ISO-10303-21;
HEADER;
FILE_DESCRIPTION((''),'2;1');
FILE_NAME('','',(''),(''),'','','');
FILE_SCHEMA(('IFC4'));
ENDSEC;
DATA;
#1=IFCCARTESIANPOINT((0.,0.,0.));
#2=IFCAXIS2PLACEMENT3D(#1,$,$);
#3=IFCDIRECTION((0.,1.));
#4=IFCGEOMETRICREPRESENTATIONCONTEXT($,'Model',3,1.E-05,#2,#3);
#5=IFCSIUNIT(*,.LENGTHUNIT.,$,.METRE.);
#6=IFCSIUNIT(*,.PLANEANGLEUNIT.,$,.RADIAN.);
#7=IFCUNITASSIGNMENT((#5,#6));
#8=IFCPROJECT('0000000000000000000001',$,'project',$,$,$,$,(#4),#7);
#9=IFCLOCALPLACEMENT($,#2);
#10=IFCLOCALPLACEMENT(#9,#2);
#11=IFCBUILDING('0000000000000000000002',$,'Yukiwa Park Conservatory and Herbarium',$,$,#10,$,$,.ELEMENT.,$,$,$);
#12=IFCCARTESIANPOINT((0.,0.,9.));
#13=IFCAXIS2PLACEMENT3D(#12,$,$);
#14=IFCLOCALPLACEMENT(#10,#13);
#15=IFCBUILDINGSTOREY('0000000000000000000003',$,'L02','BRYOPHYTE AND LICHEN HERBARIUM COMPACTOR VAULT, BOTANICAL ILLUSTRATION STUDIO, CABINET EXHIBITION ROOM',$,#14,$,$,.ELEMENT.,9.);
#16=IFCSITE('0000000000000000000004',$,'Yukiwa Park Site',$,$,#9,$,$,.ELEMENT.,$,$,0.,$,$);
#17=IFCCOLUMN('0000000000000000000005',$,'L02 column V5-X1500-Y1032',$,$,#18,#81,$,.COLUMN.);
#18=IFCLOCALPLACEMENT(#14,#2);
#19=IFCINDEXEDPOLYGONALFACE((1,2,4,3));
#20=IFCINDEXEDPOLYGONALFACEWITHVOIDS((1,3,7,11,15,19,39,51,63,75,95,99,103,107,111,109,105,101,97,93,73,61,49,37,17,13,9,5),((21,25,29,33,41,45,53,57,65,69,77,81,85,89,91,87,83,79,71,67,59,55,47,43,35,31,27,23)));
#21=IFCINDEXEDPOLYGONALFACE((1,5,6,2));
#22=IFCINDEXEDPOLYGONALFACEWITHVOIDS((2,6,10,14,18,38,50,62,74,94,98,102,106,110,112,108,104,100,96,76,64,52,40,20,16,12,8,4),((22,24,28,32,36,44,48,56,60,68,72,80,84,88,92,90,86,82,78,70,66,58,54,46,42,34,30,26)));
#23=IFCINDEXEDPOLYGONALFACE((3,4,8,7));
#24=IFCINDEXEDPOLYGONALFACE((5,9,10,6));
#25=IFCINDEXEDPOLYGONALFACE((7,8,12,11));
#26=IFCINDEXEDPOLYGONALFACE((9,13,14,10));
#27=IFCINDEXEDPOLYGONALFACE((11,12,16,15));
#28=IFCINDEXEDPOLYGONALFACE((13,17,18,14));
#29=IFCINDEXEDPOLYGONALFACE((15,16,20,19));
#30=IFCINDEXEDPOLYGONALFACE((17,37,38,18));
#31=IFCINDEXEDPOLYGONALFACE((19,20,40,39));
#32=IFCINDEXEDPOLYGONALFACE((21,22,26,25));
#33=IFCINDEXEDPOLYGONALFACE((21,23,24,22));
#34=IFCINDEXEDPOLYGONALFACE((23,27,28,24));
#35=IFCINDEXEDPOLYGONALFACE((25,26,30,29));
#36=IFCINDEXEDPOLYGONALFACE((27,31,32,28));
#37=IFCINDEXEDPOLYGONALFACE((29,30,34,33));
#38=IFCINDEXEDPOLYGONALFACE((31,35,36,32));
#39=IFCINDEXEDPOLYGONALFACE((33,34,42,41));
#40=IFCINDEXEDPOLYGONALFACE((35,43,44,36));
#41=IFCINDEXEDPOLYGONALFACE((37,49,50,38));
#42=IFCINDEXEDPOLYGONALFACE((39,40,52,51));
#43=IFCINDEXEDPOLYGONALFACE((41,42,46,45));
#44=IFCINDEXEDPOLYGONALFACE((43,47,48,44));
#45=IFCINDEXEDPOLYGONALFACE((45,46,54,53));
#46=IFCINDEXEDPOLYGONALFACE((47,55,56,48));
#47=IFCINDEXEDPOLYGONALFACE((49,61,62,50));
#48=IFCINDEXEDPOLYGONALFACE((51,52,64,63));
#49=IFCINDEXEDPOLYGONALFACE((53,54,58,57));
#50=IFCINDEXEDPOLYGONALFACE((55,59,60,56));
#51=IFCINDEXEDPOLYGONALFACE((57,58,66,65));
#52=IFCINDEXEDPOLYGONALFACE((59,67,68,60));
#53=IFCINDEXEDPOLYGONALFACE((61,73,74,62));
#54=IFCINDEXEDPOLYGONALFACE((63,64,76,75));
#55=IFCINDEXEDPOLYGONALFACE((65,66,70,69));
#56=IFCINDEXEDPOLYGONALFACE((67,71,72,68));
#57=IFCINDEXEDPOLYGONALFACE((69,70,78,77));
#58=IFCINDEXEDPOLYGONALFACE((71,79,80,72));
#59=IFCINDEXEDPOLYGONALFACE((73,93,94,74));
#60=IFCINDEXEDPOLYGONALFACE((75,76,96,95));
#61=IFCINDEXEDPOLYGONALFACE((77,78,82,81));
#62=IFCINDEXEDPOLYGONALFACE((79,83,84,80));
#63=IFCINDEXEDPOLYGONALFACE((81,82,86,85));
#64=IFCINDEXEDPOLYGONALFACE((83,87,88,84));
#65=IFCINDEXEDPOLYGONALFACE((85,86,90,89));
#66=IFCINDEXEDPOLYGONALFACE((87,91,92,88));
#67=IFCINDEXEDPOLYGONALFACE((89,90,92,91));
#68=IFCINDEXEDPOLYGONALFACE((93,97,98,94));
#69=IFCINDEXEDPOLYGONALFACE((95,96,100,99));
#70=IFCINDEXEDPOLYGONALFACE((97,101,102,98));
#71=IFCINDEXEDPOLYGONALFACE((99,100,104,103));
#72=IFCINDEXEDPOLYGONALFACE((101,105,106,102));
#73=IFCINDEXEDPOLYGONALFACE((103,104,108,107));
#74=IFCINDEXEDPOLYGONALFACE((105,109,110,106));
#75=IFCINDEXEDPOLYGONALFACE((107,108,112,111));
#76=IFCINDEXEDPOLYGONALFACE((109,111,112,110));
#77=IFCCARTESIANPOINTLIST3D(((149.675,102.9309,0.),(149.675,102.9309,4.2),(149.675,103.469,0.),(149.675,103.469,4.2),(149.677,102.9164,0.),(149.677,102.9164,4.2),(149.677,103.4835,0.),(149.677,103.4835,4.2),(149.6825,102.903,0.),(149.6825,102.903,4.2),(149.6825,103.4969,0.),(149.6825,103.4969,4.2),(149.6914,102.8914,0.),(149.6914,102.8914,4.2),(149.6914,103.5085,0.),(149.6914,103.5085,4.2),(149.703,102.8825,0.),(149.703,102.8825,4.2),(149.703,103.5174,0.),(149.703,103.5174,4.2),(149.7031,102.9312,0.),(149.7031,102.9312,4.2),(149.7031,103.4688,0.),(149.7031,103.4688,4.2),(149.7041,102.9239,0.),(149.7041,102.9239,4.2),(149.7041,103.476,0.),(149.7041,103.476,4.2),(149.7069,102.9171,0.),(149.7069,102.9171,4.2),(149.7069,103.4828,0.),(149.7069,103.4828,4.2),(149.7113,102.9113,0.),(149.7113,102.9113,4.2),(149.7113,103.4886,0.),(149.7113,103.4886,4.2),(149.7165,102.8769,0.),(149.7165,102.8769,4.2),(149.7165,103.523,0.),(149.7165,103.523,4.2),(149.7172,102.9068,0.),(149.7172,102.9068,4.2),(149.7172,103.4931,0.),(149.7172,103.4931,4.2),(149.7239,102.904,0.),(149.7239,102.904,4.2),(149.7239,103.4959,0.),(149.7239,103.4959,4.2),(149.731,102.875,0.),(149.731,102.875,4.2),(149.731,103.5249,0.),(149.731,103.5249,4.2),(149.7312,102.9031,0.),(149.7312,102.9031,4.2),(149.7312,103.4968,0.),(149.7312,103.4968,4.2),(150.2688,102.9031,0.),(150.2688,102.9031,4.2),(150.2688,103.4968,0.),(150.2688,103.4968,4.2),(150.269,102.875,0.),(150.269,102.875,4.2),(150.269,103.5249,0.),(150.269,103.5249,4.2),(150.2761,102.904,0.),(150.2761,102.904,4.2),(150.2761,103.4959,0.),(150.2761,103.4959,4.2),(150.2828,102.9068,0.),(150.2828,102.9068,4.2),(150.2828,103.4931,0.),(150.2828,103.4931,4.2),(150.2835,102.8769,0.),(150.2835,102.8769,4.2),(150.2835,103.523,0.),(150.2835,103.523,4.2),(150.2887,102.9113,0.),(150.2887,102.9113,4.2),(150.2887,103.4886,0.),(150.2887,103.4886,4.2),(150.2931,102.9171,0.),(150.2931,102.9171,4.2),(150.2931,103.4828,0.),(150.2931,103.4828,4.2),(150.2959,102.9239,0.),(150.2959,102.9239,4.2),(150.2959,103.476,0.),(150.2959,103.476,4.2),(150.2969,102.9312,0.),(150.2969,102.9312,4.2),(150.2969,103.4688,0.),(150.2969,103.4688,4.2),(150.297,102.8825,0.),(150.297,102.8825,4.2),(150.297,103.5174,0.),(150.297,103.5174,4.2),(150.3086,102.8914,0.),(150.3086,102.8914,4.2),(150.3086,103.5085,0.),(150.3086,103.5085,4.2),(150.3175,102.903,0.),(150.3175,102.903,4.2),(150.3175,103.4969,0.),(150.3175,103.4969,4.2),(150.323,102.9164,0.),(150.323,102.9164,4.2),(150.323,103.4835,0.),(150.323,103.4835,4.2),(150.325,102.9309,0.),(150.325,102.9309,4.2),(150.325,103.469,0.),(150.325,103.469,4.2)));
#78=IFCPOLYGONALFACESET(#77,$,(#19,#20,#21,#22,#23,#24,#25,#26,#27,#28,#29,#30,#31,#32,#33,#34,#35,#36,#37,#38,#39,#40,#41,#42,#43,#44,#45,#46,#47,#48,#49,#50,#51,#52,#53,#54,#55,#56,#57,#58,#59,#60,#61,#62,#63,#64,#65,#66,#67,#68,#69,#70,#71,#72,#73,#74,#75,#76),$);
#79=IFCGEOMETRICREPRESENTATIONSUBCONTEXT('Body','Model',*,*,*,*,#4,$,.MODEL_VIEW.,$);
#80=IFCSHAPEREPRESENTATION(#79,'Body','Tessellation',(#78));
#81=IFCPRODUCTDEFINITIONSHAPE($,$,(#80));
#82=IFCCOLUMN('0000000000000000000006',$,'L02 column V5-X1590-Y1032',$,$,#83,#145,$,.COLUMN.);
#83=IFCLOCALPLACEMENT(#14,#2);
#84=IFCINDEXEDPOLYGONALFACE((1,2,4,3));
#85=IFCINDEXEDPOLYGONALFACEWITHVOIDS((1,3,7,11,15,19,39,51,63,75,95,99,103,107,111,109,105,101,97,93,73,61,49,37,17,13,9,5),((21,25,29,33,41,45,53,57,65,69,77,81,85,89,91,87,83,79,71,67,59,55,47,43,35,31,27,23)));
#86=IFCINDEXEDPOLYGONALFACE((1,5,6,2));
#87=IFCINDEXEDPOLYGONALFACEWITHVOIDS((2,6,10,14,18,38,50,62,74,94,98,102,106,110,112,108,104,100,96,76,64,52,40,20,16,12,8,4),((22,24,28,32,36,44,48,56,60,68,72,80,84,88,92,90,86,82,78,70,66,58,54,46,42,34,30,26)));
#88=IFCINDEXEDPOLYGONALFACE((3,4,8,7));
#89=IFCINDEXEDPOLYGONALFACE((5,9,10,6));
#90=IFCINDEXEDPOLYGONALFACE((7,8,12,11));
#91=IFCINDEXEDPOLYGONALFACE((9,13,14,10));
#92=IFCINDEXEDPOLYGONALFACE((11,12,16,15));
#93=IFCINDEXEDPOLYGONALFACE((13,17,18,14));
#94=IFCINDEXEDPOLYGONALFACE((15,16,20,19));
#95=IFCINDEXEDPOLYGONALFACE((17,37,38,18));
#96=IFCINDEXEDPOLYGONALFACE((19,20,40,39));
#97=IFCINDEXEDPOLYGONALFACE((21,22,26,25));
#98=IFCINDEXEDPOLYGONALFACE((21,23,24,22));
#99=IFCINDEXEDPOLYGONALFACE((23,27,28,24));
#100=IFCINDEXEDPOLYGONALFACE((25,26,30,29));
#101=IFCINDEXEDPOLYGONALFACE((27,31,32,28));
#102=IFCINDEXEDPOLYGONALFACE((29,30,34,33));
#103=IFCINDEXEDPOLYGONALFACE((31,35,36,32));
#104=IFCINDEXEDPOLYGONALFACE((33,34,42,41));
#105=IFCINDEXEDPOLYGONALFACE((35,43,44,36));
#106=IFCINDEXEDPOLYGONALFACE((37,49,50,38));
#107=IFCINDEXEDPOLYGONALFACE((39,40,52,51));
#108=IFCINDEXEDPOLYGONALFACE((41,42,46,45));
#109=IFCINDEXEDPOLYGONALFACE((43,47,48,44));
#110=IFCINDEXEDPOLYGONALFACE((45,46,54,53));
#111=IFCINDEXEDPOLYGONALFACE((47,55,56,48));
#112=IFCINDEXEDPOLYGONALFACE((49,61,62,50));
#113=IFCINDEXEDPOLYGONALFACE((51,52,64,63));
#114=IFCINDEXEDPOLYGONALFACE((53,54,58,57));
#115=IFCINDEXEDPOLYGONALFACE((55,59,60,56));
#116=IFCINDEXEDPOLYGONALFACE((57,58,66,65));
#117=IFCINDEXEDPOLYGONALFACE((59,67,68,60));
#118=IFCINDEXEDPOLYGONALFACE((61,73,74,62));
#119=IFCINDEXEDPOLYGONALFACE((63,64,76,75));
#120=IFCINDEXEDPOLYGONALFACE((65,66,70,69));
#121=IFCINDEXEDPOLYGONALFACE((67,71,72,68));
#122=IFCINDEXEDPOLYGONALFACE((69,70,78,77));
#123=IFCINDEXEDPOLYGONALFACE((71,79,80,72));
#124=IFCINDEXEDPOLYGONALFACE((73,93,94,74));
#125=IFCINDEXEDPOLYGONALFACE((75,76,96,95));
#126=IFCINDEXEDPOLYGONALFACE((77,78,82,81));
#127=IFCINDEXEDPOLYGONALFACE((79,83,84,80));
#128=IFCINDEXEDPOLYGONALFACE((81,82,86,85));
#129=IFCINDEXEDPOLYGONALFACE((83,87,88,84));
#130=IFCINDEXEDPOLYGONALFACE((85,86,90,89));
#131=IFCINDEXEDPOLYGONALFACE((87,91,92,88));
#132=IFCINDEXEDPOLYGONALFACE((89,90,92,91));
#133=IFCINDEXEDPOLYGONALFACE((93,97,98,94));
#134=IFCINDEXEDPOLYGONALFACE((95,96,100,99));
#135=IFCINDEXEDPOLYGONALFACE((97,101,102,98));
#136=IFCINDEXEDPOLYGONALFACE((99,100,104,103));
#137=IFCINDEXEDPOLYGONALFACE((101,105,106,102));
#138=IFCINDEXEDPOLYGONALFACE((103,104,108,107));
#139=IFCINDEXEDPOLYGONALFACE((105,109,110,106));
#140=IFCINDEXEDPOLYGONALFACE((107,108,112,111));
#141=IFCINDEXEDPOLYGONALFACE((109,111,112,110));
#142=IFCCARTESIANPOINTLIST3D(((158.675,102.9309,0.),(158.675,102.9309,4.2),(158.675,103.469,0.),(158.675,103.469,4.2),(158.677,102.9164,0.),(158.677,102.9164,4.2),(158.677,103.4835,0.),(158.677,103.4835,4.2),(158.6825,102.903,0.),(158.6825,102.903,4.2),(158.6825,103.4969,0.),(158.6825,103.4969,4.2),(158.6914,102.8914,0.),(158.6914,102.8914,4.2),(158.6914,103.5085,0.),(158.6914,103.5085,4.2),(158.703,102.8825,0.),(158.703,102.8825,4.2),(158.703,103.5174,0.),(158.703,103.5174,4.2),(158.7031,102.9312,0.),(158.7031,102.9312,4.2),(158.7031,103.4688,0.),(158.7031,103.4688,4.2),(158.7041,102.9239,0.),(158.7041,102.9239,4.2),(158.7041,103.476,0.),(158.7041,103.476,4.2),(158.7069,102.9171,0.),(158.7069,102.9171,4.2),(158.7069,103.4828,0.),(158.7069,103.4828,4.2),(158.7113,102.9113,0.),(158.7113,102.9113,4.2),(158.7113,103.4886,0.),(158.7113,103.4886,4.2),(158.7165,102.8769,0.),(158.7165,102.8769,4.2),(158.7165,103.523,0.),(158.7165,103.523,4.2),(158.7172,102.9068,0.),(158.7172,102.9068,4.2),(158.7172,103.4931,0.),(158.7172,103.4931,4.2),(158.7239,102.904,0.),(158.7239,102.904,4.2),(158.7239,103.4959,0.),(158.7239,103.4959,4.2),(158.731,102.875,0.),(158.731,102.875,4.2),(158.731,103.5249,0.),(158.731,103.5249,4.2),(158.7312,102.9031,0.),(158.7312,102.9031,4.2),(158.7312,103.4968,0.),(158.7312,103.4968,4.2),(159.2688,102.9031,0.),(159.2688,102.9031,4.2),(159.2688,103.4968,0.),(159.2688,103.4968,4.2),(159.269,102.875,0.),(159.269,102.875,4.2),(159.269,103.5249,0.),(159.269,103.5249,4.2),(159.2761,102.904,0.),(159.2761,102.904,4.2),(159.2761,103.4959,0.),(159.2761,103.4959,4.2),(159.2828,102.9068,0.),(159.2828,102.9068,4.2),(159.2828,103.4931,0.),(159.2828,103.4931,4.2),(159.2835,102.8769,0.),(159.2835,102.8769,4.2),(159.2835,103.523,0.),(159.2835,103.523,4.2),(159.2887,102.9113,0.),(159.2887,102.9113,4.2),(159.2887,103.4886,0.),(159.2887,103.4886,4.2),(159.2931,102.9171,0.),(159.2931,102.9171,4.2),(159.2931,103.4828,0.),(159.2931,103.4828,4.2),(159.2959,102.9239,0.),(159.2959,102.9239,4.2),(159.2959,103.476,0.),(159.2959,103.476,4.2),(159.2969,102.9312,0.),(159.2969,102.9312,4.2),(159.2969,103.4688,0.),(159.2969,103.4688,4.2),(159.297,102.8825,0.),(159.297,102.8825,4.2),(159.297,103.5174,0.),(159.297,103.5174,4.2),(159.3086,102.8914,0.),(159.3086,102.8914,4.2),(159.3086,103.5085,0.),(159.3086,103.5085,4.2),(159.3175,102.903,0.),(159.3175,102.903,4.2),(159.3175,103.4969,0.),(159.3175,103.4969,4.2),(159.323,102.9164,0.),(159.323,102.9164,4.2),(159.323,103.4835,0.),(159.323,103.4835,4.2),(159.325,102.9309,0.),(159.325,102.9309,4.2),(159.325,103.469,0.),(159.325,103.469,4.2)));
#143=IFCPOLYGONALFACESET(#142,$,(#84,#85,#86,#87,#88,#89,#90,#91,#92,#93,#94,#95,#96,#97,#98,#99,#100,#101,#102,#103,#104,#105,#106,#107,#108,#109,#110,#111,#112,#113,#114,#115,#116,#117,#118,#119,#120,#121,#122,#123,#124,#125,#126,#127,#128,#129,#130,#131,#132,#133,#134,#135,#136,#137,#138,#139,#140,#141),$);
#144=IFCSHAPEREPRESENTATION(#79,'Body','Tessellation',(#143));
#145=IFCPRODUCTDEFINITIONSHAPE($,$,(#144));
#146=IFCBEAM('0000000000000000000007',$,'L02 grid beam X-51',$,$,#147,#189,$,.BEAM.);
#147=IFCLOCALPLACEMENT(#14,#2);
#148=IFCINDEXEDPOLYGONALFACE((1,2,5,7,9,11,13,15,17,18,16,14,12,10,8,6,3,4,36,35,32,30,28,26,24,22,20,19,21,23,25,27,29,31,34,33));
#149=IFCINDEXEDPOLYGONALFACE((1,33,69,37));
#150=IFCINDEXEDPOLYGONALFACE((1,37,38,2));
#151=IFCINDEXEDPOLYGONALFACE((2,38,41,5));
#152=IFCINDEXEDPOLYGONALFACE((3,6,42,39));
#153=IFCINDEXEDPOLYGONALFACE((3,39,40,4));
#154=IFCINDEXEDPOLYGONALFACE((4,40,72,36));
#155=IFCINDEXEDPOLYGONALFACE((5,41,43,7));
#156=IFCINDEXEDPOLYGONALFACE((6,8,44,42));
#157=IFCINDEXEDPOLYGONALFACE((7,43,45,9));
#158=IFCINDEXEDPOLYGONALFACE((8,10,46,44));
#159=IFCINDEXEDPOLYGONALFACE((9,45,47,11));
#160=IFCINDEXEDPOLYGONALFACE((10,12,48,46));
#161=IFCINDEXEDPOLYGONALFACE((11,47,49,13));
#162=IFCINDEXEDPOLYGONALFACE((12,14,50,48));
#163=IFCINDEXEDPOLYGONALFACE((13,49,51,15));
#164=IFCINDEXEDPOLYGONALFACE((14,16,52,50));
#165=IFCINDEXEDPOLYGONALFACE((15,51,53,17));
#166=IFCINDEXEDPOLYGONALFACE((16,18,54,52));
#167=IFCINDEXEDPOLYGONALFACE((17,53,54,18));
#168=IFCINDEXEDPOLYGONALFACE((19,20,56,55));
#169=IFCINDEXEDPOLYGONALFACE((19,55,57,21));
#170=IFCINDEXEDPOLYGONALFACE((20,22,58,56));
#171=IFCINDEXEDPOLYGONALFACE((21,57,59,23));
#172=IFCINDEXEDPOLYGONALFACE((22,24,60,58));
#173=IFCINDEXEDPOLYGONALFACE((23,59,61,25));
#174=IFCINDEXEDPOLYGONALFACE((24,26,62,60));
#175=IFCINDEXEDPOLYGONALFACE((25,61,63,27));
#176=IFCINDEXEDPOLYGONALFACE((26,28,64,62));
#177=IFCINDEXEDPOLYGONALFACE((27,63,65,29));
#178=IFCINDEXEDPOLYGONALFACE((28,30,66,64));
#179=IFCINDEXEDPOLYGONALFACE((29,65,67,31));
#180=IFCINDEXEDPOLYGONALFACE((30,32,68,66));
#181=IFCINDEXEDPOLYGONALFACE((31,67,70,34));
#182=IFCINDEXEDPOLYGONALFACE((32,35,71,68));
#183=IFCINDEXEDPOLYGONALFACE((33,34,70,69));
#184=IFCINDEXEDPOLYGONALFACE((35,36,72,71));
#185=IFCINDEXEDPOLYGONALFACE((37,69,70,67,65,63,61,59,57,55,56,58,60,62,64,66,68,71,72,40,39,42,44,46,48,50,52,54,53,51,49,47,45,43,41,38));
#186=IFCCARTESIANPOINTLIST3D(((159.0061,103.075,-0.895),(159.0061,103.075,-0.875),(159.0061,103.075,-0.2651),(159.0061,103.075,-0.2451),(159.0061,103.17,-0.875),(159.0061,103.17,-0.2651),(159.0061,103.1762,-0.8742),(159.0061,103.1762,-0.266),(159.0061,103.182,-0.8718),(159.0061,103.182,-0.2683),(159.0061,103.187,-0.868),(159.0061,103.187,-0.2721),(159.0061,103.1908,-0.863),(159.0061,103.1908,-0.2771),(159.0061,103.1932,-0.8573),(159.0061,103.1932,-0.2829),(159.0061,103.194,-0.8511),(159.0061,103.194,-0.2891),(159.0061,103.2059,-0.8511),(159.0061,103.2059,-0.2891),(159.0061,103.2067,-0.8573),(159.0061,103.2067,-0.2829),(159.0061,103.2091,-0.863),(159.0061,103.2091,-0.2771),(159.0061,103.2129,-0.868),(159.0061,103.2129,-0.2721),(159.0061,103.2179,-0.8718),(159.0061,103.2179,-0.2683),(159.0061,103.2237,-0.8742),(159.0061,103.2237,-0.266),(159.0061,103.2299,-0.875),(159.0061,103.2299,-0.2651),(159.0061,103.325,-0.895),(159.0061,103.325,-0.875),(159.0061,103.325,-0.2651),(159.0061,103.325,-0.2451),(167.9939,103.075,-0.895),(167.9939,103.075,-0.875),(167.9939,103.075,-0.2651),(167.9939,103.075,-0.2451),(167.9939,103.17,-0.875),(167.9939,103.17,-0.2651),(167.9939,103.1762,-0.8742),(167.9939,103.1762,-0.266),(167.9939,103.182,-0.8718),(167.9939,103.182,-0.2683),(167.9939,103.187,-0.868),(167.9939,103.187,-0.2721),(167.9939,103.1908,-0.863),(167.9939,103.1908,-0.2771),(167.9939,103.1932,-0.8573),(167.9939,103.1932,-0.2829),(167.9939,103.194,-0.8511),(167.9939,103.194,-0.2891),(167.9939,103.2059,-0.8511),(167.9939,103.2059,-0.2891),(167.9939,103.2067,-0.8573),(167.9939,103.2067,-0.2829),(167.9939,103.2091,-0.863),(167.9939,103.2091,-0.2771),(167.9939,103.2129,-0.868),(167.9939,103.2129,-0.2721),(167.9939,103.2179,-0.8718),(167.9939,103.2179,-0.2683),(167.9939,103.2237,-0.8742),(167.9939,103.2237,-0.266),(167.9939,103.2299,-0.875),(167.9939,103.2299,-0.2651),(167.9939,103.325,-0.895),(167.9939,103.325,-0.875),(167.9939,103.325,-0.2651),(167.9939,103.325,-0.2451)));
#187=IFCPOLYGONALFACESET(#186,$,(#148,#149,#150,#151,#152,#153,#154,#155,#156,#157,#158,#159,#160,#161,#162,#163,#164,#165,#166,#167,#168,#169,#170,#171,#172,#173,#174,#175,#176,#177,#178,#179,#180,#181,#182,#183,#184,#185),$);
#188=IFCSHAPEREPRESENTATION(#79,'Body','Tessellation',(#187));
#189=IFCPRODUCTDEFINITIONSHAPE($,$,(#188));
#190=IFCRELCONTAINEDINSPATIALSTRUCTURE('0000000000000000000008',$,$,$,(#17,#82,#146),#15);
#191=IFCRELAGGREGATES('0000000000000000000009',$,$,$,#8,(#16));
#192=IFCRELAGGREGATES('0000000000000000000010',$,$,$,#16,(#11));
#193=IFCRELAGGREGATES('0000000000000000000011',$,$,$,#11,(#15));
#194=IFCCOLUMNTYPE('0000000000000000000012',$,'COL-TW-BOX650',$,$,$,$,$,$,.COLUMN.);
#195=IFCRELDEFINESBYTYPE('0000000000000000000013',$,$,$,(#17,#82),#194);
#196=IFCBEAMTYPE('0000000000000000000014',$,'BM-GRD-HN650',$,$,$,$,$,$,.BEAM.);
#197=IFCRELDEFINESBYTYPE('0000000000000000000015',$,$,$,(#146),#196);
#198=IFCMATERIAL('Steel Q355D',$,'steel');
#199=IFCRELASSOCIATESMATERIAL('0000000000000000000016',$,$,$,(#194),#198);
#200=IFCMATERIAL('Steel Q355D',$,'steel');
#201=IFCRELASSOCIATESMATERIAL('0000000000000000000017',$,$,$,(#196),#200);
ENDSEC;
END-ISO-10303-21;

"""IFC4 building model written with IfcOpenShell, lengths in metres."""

from ifc_helpers import new_model, si_unit, direction, frame, origin, origin_2d, place, context, subcontext, project, spatial, hollow_rectangle, i_section, extrude, material, material_profile, profile_set, type_object, element, save


model = new_model("IFC4")

# Units and contexts
model_context = context("Model", 3, precision=1e-05, world=origin(), true_north=direction((0.0, 1.0)))
body_context = subcontext(model_context, "Body", "Model", "MODEL_VIEW")
ifc_project = project(units=[si_unit("LENGTHUNIT", "METRE"), si_unit("PLANEANGLEUNIT", "RADIAN")], contexts=[model_context])

# Site, building, storey
site_placement = place(None, origin())
site = spatial("IfcSite", under=ifc_project, at=site_placement, Name="Yukiwa Park Site", CompositionType="ELEMENT", RefElevation=0.0)
building_placement = place(site_placement, origin())
building = spatial("IfcBuilding", under=site, at=building_placement, Name="Yukiwa Park Conservatory and Herbarium", CompositionType="ELEMENT")
storey_placement = place(building_placement, frame((0.0, 0.0, 9.0)))
storey = spatial("IfcBuildingStorey", under=building, at=storey_placement, Name="L02", Description="BRYOPHYTE AND LICHEN HERBARIUM COMPACTOR VAULT, BOTANICAL ILLUSTRATION STUDIO, CABINET EXHIBITION ROOM", CompositionType="ELEMENT", Elevation=9.0)

# Columns
ifc_material_1 = material(Name="Steel Q355D", Category="steel")
ifc_material_profile_1 = material_profile(ifc_material_1, hollow_rectangle(XDim=0.6499, YDim=0.6499, WallThickness=0.0281, InnerFilletRadius=0.0281, OuterFilletRadius=0.0559, at=origin_2d()), Name="BOX 650x650x28")
ifc_profile_set_1 = profile_set([ifc_material_profile_1], Name="Steel Q355D")
column_type_1 = type_object("IfcColumnType", Name="COL-TW-BOX650", PredefinedType="COLUMN", material=ifc_profile_set_1)
for number, where, z_axis, x_axis, name in (
    (1, (150.0, 103.2, 0.0), (0.0, 0.0, 1.0), (1.0, 0.0, 0.0), "L02 column V5-X1500-Y1032"),
    (2, (159.0, 103.2, 0.0), (0.0, 0.0, 1.0), (1.0, 0.0, 0.0), "L02 column V5-X1590-Y1032"),
):
    element("IfcColumn", number, at=place(storey_placement, frame(where, z_axis=z_axis, x_axis=x_axis)), inside=storey, type_object=column_type_1, Name=name, PredefinedType="COLUMN", context=body_context, shape_type="SweptSolid", body=[
        extrude(hollow_rectangle(XDim=0.6499, YDim=0.6499, WallThickness=0.0281, InnerFilletRadius=0.0281, OuterFilletRadius=0.0559, at=origin_2d()), origin(), (0.0, 0.0, 1.0), 4.2),
    ])

# Beam
ifc_material_2 = material(Name="Steel Q355D", Category="steel")
ifc_material_profile_2 = material_profile(ifc_material_2, i_section(OverallWidth=0.25, OverallDepth=0.6499, WebThickness=0.012, FlangeThickness=0.02, FilletRadius=0.0239, at=origin_2d()), Name="HN 650x250x12x20")
ifc_profile_set_2 = profile_set([ifc_material_profile_2], Name="Steel Q355D")
beam_type_1 = type_object("IfcBeamType", Name="BM-GRD-HN650", PredefinedType="BEAM", material=ifc_profile_set_2)
beam_1_placement = place(storey_placement, frame((159.0061, 103.2, -0.5701), z_axis=(1.0, 0.0, 0.0), x_axis=(0.0, 1.0, 0.0)))
element("IfcBeam", 3, at=beam_1_placement, inside=storey, type_object=beam_type_1, Name="L02 grid beam X-51", PredefinedType="BEAM", context=body_context, shape_type="SweptSolid", body=[
    extrude(i_section(OverallWidth=0.25, OverallDepth=0.6499, WebThickness=0.012, FlangeThickness=0.02, FilletRadius=0.0239, at=origin_2d()), origin(), (0.0, 0.0, 1.0), 8.9878),
])

save(model, "model.ifc")
